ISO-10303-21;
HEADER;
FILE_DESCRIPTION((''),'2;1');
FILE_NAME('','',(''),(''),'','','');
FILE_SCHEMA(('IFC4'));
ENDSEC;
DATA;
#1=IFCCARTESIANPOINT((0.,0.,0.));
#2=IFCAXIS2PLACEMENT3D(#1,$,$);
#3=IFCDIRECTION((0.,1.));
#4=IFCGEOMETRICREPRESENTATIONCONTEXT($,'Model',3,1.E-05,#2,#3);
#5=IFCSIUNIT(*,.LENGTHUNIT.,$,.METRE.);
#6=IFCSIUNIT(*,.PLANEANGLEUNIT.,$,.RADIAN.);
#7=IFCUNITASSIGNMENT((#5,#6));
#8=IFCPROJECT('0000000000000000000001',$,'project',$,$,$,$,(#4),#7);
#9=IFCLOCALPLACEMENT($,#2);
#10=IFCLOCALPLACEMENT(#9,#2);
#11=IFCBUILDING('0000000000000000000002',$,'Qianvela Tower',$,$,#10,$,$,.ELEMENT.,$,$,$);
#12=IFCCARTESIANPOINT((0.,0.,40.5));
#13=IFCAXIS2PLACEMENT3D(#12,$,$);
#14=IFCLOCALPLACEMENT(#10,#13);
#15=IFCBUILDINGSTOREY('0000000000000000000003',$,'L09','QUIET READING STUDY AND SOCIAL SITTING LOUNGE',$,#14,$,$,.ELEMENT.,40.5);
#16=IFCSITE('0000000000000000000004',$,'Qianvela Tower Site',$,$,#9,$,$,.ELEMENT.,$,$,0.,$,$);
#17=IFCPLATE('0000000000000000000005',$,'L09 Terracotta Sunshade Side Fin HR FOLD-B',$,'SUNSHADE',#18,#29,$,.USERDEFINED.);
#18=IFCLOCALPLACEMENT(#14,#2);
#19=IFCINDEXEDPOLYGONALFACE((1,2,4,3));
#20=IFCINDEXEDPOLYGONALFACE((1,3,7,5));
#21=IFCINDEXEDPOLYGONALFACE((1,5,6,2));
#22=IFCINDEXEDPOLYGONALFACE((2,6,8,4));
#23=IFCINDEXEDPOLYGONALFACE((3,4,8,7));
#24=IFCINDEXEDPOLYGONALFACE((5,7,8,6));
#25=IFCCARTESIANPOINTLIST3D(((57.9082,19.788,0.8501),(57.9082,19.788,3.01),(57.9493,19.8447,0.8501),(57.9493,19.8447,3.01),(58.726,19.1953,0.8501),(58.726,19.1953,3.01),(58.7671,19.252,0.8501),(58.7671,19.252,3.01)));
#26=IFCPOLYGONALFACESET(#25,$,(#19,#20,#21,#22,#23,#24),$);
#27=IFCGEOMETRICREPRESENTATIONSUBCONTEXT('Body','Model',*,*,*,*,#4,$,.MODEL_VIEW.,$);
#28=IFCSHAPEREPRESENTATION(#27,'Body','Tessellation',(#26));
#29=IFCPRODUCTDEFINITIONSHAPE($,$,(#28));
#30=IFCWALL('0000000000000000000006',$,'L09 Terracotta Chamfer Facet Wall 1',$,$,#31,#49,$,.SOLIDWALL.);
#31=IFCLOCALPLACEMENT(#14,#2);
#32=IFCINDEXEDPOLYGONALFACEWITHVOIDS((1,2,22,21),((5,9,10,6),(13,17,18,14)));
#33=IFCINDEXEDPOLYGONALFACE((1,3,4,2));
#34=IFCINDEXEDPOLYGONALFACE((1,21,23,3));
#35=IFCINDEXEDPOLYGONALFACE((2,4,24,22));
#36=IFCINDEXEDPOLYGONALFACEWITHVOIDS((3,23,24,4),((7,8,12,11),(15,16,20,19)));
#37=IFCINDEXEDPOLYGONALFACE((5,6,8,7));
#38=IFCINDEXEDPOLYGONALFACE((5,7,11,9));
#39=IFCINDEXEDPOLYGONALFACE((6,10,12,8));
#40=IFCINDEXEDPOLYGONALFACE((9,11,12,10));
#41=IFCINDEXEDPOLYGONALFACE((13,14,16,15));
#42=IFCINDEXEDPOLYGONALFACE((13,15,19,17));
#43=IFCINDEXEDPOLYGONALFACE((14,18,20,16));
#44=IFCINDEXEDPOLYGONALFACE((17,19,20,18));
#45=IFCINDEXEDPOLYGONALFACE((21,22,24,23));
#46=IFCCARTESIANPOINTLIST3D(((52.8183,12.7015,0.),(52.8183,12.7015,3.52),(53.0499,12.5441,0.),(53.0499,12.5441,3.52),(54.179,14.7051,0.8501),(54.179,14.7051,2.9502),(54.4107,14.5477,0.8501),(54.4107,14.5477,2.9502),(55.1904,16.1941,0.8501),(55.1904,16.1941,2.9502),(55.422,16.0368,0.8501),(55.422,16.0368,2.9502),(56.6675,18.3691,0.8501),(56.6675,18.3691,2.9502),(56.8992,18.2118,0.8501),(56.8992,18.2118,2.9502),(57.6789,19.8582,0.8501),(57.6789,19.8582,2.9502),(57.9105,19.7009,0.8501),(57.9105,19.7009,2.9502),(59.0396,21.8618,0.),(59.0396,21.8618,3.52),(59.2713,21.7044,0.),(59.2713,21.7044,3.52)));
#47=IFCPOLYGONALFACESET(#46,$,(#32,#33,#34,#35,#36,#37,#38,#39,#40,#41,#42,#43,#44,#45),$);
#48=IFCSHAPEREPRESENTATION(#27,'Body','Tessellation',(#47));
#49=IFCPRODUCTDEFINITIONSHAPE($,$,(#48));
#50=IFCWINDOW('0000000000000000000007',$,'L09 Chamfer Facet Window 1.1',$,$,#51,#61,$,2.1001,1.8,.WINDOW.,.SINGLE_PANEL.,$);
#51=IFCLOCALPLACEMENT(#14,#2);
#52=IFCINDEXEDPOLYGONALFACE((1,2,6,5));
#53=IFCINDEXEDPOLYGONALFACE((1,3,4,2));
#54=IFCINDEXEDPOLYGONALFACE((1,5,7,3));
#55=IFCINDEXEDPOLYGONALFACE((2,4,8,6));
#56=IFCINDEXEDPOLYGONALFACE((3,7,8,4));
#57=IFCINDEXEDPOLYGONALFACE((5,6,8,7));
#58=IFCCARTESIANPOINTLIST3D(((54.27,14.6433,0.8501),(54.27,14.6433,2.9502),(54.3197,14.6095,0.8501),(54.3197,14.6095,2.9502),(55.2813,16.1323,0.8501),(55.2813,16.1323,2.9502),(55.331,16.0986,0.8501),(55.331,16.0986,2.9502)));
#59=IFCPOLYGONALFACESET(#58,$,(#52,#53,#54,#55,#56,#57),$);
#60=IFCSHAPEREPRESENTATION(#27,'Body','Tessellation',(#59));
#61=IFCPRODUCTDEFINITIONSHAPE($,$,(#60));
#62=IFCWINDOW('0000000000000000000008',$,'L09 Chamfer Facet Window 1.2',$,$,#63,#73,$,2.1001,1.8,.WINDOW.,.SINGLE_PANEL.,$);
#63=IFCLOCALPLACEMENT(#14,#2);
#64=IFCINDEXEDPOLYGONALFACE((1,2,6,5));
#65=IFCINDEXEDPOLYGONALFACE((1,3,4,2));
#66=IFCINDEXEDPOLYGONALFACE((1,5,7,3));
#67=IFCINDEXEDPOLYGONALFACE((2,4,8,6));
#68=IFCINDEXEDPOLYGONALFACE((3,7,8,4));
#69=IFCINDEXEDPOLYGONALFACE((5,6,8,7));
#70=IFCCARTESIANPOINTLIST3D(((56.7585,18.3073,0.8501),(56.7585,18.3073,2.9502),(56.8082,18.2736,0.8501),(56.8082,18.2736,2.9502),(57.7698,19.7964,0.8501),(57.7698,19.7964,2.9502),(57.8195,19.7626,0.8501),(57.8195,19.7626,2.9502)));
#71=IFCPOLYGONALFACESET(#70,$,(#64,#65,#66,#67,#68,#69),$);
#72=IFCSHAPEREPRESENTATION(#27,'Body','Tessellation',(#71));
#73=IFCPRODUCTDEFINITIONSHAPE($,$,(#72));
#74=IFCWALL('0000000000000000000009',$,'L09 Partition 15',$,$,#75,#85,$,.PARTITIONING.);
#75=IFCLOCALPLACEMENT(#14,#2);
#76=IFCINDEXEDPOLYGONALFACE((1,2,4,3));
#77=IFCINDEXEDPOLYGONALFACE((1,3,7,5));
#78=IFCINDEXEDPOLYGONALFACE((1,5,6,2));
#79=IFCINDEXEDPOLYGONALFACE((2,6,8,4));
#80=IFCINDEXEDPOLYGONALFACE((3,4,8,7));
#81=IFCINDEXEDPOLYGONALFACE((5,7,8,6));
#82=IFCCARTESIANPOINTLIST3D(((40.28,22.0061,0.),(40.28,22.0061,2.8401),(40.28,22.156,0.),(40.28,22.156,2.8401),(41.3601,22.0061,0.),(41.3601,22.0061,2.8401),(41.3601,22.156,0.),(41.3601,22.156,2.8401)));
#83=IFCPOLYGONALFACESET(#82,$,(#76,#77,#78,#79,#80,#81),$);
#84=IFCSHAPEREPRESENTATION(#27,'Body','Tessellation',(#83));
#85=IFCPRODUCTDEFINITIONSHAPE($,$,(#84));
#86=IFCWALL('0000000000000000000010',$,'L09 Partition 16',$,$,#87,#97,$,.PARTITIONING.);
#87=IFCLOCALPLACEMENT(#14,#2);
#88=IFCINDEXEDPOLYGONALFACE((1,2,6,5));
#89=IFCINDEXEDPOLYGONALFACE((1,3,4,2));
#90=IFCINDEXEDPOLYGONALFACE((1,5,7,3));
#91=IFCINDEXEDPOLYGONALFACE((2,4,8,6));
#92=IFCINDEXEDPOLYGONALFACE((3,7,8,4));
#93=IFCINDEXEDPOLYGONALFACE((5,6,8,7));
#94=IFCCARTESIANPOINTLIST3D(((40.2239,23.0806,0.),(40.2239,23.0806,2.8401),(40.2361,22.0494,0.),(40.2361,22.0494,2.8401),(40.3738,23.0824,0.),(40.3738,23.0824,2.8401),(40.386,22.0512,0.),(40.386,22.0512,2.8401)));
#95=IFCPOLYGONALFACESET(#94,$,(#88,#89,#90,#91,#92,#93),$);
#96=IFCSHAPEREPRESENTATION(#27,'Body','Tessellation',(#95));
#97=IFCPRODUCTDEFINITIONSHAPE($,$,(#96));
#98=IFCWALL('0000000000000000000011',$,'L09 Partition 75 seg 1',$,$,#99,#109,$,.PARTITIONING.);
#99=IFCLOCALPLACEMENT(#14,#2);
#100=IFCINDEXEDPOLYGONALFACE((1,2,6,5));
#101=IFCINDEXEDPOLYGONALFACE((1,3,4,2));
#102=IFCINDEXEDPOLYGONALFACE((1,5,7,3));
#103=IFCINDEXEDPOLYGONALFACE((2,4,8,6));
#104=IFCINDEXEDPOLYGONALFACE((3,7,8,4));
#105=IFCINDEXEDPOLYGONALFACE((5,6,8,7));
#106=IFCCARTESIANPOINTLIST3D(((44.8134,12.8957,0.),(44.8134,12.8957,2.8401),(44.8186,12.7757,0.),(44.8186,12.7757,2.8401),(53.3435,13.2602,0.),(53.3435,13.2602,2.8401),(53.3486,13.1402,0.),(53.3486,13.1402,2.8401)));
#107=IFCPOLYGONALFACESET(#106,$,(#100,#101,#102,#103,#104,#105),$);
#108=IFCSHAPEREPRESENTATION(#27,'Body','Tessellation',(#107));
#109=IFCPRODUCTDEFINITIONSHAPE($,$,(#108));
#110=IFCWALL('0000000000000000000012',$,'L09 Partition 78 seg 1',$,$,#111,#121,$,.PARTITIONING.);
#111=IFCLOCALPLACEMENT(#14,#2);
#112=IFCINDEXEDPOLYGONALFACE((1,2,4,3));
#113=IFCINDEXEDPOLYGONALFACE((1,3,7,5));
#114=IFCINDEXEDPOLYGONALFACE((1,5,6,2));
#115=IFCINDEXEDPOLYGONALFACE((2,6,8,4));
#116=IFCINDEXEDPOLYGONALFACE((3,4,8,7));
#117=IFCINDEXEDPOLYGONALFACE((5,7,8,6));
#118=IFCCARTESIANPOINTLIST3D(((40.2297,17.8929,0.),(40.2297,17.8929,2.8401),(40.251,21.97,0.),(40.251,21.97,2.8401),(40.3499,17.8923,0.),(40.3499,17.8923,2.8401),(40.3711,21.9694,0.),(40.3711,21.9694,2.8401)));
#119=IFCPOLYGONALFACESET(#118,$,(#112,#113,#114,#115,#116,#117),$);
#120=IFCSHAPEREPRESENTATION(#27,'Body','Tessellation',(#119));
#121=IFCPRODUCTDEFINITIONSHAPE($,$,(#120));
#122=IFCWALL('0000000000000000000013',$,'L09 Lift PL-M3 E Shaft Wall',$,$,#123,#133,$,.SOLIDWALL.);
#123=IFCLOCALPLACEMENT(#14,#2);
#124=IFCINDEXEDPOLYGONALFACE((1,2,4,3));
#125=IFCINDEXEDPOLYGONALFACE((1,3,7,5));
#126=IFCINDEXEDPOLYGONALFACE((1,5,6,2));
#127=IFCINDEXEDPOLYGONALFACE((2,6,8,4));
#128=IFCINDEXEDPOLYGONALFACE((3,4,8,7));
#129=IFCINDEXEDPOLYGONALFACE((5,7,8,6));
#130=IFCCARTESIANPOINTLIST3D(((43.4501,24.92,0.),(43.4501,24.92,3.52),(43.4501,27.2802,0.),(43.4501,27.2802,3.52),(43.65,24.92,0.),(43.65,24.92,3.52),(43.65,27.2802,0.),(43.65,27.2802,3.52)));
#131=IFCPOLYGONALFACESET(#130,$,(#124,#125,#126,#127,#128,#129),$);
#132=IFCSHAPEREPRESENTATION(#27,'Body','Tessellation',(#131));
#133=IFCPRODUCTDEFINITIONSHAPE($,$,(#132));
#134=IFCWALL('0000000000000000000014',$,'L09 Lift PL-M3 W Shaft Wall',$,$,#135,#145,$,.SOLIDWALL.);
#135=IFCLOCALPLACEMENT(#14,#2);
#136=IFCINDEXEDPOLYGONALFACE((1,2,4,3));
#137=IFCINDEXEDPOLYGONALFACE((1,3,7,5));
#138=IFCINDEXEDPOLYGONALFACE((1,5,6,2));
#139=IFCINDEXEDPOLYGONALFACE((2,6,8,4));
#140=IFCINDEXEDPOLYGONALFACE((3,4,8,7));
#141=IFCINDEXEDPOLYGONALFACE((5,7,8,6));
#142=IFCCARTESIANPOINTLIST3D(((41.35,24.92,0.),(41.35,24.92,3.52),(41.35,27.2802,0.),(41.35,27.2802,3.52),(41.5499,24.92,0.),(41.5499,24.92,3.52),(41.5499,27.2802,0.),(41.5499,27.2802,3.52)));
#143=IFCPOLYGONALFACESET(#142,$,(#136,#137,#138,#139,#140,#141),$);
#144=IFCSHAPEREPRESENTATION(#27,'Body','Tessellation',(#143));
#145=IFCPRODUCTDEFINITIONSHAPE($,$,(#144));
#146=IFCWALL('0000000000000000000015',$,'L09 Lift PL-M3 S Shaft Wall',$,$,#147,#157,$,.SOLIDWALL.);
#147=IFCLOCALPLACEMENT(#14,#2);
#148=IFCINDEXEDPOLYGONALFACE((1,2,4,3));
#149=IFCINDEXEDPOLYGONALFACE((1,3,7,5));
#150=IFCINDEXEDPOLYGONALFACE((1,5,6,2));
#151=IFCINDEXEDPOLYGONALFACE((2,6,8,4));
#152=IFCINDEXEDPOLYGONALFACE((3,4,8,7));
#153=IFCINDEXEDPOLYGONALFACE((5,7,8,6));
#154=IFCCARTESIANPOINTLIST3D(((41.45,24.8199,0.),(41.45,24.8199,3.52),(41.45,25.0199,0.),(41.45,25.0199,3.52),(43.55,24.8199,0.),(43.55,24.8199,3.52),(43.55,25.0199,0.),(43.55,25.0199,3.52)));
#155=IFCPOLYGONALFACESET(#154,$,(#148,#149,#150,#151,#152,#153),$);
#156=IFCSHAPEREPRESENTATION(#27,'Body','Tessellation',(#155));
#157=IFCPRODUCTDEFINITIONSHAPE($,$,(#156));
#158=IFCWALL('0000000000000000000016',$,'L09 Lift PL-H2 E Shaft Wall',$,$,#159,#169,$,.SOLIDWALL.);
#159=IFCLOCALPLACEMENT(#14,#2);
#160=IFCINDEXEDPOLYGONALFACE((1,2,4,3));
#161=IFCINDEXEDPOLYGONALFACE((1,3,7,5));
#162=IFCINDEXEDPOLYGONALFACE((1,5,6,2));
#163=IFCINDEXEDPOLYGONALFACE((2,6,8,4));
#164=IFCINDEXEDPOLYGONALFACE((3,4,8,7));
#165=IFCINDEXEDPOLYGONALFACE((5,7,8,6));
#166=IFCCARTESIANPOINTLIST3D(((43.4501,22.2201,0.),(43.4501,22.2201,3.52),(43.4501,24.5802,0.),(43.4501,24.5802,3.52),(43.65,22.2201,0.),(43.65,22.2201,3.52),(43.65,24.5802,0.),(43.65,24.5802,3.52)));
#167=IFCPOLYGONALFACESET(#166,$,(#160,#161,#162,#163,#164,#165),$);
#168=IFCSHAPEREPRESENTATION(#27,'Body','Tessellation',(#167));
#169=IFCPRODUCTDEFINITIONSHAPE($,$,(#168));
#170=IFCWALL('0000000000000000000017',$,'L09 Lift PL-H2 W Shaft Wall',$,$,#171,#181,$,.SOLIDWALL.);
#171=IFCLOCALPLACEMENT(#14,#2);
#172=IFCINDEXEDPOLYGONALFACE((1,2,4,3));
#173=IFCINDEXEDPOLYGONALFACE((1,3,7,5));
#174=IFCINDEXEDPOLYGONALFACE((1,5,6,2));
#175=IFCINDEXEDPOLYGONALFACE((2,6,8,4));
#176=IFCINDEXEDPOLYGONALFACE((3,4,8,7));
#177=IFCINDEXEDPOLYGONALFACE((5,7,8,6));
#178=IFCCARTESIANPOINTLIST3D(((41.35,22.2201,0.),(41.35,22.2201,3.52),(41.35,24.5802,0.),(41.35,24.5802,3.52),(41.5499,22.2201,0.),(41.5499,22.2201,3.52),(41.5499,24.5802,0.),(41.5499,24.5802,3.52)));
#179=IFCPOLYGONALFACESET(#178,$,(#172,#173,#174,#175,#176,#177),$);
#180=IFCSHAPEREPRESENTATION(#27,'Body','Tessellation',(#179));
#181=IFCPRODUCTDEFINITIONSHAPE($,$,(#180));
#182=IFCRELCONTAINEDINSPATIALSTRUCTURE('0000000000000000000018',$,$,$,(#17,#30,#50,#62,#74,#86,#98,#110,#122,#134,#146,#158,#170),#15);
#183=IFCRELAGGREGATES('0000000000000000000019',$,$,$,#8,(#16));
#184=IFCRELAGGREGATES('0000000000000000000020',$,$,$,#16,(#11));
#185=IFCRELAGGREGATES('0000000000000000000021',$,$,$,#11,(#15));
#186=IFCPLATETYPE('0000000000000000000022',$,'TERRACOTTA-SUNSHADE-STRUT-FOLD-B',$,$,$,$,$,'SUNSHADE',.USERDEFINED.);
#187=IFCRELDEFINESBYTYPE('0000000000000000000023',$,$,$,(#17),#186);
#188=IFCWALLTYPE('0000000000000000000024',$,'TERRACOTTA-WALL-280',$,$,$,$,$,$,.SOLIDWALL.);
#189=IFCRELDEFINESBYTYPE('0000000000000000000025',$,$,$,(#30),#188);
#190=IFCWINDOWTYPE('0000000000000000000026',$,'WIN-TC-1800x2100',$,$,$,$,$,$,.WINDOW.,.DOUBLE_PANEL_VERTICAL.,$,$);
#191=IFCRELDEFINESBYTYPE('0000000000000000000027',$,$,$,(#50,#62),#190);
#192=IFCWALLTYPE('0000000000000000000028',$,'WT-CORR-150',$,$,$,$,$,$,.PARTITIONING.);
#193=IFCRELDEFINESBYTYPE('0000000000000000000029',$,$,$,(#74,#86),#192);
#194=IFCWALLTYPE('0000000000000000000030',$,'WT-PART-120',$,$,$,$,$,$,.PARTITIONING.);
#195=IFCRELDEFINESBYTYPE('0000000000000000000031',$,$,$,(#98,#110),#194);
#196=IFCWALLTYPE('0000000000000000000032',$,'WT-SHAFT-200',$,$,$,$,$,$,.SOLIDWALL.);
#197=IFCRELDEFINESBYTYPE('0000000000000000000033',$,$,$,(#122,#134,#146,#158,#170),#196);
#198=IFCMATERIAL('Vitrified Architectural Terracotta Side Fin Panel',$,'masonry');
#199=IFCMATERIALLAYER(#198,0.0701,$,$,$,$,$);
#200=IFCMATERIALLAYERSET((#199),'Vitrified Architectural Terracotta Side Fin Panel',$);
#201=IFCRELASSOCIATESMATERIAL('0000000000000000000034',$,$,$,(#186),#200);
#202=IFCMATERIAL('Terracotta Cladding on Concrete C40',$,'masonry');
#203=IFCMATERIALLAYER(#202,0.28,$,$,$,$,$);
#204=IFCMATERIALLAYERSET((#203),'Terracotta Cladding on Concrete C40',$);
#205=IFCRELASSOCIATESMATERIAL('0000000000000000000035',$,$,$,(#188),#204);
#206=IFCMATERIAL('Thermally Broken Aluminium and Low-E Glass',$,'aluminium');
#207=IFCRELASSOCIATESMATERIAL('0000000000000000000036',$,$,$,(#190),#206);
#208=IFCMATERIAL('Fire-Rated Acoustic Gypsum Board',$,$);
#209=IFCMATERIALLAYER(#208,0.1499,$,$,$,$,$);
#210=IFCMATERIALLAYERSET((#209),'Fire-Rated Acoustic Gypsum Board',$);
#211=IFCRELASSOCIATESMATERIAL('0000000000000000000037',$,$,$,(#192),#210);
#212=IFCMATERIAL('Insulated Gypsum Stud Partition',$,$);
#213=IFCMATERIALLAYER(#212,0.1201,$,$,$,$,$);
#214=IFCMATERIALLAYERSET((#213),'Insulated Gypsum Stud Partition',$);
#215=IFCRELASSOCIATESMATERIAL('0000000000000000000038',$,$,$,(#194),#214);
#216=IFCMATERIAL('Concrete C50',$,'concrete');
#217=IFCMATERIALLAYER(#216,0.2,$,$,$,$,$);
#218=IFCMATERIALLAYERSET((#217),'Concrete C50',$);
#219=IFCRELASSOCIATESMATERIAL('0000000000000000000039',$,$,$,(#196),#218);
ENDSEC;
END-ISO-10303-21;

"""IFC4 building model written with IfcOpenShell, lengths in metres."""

from ifc_helpers import new_model, si_unit, direction, frame, frame_2d, origin, origin_2d, place, context, subcontext, project, spatial, rectangle, extrude, material, layer, layer_set, type_object, element, fill, save


model = new_model("IFC4")

# Units and contexts
model_context = context("Model", 3, precision=1e-05, world=origin(), true_north=direction((0.0, 1.0)))
body_context = subcontext(model_context, "Body", "Model", "MODEL_VIEW")
ifc_project = project(units=[si_unit("LENGTHUNIT", "METRE"), si_unit("PLANEANGLEUNIT", "RADIAN")], contexts=[model_context])

# Site, building, storey
site_placement = place(None, origin())
site = spatial("IfcSite", under=ifc_project, at=site_placement, Name="Qianvela Tower Site", CompositionType="ELEMENT", RefElevation=0.0)
building_placement = place(site_placement, origin())
building = spatial("IfcBuilding", under=site, at=building_placement, Name="Qianvela Tower", CompositionType="ELEMENT")
storey_placement = place(building_placement, frame((0.0, 0.0, 40.5)))
storey = spatial("IfcBuildingStorey", under=building, at=storey_placement, Name="L09", Description="QUIET READING STUDY AND SOCIAL SITTING LOUNGE", CompositionType="ELEMENT", Elevation=40.5)

# Plate
ifc_material_1 = material(Name="Vitrified Architectural Terracotta Side Fin Panel", Category="masonry")
ifc_layer_1 = layer(ifc_material_1, 0.0701)
ifc_layer_set_1 = layer_set([ifc_layer_1], Name="Vitrified Architectural Terracotta Side Fin Panel")
plate_type_1 = type_object("IfcPlateType", Name="TERRACOTTA-SUNSHADE-STRUT-FOLD-B", ElementType="SUNSHADE", PredefinedType="USERDEFINED", material=ifc_layer_set_1)
for number, where, z_axis, x_axis, name in (
    (1, (58.3376, 19.52, 0.8501), (0.0, 0.0, 1.0), (0.586837, 0.809705, 0.0), "L09 Terracotta Sunshade Side Fin HR FOLD-B"),
):
    element("IfcPlate", number, at=place(storey_placement, frame(where, z_axis=z_axis, x_axis=x_axis)), inside=storey, type_object=plate_type_1, Name=name, ObjectType="SUNSHADE", PredefinedType="USERDEFINED", context=body_context, shape_type="SweptSolid", body=[
        extrude(rectangle(XDim=0.0701, YDim=1.01, at=origin_2d()), origin(), (0.0, 0.0, 1.0), 2.1599),
    ])

# Wall, openings, windows
ifc_material_2 = material(Name="Terracotta Cladding on Concrete C40", Category="masonry")
ifc_layer_2 = layer(ifc_material_2, 0.28)
ifc_layer_set_2 = layer_set([ifc_layer_2], Name="Terracotta Cladding on Concrete C40")
wall_type_1 = type_object("IfcWallType", Name="TERRACOTTA-WALL-280", PredefinedType="SOLIDWALL", material=ifc_layer_set_2)
wall_1_placement = place(storey_placement, frame((52.9341, 12.6228, 0.0), z_axis=(0.0, 0.0, 1.0), x_axis=(0.561838, 0.827247, 0.0)))
wall_1 = element("IfcWall", 2, at=wall_1_placement, inside=storey, type_object=wall_type_1, Name="L09 Terracotta Chamfer Facet Wall 1", PredefinedType="SOLIDWALL", context=body_context, shape_type="SweptSolid", body=[
    extrude(rectangle(XDim=11.0732, YDim=0.28, at=frame_2d((5.5366, 0.0))), origin(), (0.0, 0.0, 1.0), 3.52),
])
opening_1_placement = place(wall_1_placement, frame((2.4221, 0.0, 0.8501)))
opening_1 = element("IfcOpeningElement", 3, at=opening_1_placement, cuts=wall_1, PredefinedType="OPENING", context=body_context, shape_type="SweptSolid", body=[
    extrude(rectangle(XDim=1.8, YDim=2.1001, at=frame_2d((0.8999, 1.05))), frame((0.0, 0.1499, 0.0), z_axis=(0.0, -1.0, 0.0), x_axis=(1.0, 0.0, 0.0)), (0.0, 0.0, 1.0), 0.3),
])
opening_2_placement = place(wall_1_placement, frame((6.8513, 0.0, 0.8501)))
opening_2 = element("IfcOpeningElement", 4, at=opening_2_placement, cuts=wall_1, PredefinedType="OPENING", context=body_context, shape_type="SweptSolid", body=[
    extrude(rectangle(XDim=1.8, YDim=2.1001, at=frame_2d((0.8999, 1.05))), frame((0.0, 0.1499, 0.0), z_axis=(0.0, -1.0, 0.0), x_axis=(1.0, 0.0, 0.0)), (0.0, 0.0, 1.0), 0.3),
])
ifc_material_3 = material(Name="Thermally Broken Aluminium and Low-E Glass", Category="aluminium")
window_type = type_object("IfcWindowType", Name="WIN-TC-1800x2100", PartitioningType="DOUBLE_PANEL_VERTICAL", PredefinedType="WINDOW", material=ifc_material_3)
window_1_placement = place(opening_1_placement, origin())
window_1 = element("IfcWindow", 5, at=window_1_placement, inside=storey, type_object=window_type, Name="L09 Chamfer Facet Window 1.1", OverallHeight=2.1001, OverallWidth=1.8, PartitioningType="SINGLE_PANEL", PredefinedType="WINDOW", context=body_context, shape_type="SweptSolid", body=[
    extrude(rectangle(XDim=1.8, YDim=2.1001, at=frame_2d((0.8999, 1.05))), frame((0.0, 0.03, 0.0), z_axis=(0.0, -1.0, 0.0), x_axis=(1.0, 0.0, 0.0)), (0.0, 0.0, 1.0), 0.0601),
])
fill(opening_1, window_1)
window_2_placement = place(opening_2_placement, origin())
window_2 = element("IfcWindow", 6, at=window_2_placement, inside=storey, type_object=window_type, Name="L09 Chamfer Facet Window 1.2", OverallHeight=2.1001, OverallWidth=1.8, PartitioningType="SINGLE_PANEL", PredefinedType="WINDOW", context=body_context, shape_type="SweptSolid", body=[
    extrude(rectangle(XDim=1.8, YDim=2.1001, at=frame_2d((0.8999, 1.05))), frame((0.0, 0.03, 0.0), z_axis=(0.0, -1.0, 0.0), x_axis=(1.0, 0.0, 0.0)), (0.0, 0.0, 1.0), 0.0601),
])
fill(opening_2, window_2)

# Walls
ifc_material_4 = material(Name="Fire-Rated Acoustic Gypsum Board")
ifc_layer_3 = layer(ifc_material_4, 0.1499)
ifc_layer_set_3 = layer_set([ifc_layer_3], Name="Fire-Rated Acoustic Gypsum Board")
wall_type_2 = type_object("IfcWallType", Name="WT-CORR-150", PredefinedType="PARTITIONING", material=ifc_layer_set_3)
wall_2_placement = place(storey_placement, frame((41.3601, 22.0811, 0.0), z_axis=(0.0, 0.0, 1.0), x_axis=(-1.0, 0.0, 0.0)))
element("IfcWall", 7, at=wall_2_placement, inside=storey, type_object=wall_type_2, Name="L09 Partition 15", PredefinedType="PARTITIONING", context=body_context, shape_type="SweptSolid", body=[
    extrude(rectangle(XDim=1.0801, YDim=0.1499, at=frame_2d((0.54, 0.0))), origin(), (0.0, 0.0, 1.0), 2.8401),
])
wall_3_placement = place(storey_placement, frame((40.311, 22.0503, 0.0), z_axis=(0.0, 0.0, 1.0), x_axis=(-0.011836, 0.99993, 0.0)))
element("IfcWall", 8, at=wall_3_placement, inside=storey, type_object=wall_type_2, Name="L09 Partition 16", PredefinedType="PARTITIONING", context=body_context, shape_type="SweptSolid", body=[
    extrude(rectangle(XDim=1.0312, YDim=0.1499, at=frame_2d((0.5156, 0.0))), origin(), (0.0, 0.0, 1.0), 2.8401),
])
ifc_material_5 = material(Name="Insulated Gypsum Stud Partition")
ifc_layer_4 = layer(ifc_material_5, 0.1201)
ifc_layer_set_4 = layer_set([ifc_layer_4], Name="Insulated Gypsum Stud Partition")
wall_type_3 = type_object("IfcWallType", Name="WT-PART-120", PredefinedType="PARTITIONING", material=ifc_layer_set_4)
wall_4_placement = place(storey_placement, frame((53.3462, 13.2002, 0.0), z_axis=(0.0, 0.0, 1.0), x_axis=(-0.999088, -0.042693, 0.0)))
element("IfcWall", 9, at=wall_4_placement, inside=storey, type_object=wall_type_3, Name="L09 Partition 75 seg 1", PredefinedType="PARTITIONING", context=body_context, shape_type="SweptSolid", body=[
    extrude(rectangle(XDim=8.5378, YDim=0.1201, at=frame_2d((4.269, 0.0))), origin(), (0.0, 0.0, 1.0), 2.8401),
])
wall_5_placement = place(storey_placement, frame((40.2898, 17.8926, 0.0), z_axis=(0.0, 0.0, 1.0), x_axis=(0.00521, 0.999986, 0.0)))
element("IfcWall", 10, at=wall_5_placement, inside=storey, type_object=wall_type_3, Name="L09 Partition 78 seg 1", PredefinedType="PARTITIONING", context=body_context, shape_type="SweptSolid", body=[
    extrude(rectangle(XDim=4.0771, YDim=0.1201, at=frame_2d((2.0386, 0.0))), origin(), (0.0, 0.0, 1.0), 2.8401),
])
ifc_material_6 = material(Name="Concrete C50", Category="concrete")
ifc_layer_5 = layer(ifc_material_6, 0.2)
ifc_layer_set_5 = layer_set([ifc_layer_5], Name="Concrete C50")
wall_type_4 = type_object("IfcWallType", Name="WT-SHAFT-200", PredefinedType="SOLIDWALL", material=ifc_layer_set_5)
for number, where, z_axis, x_axis, name in (
    (11, (43.55, 24.9199, 0.0), (0.0, 0.0, 1.0), (0.0, 1.0, 0.0), "L09 Lift PL-M3 E Shaft Wall"),
    (12, (41.45, 24.9199, 0.0), (0.0, 0.0, 1.0), (0.0, 1.0, 0.0), "L09 Lift PL-M3 W Shaft Wall"),
):
    element("IfcWall", number, at=place(storey_placement, frame(where, z_axis=z_axis, x_axis=x_axis)), inside=storey, type_object=wall_type_4, Name=name, PredefinedType="SOLIDWALL", context=body_context, shape_type="SweptSolid", body=[
        extrude(rectangle(XDim=2.3601, YDim=0.2, at=frame_2d((1.1802, 0.0))), origin(), (0.0, 0.0, 1.0), 3.52),
    ])
wall_6_placement = place(storey_placement, frame((41.45, 24.9199, 0.0), z_axis=(0.0, 0.0, 1.0), x_axis=(1.0, 0.0, 0.0)))
element("IfcWall", 13, at=wall_6_placement, inside=storey, type_object=wall_type_4, Name="L09 Lift PL-M3 S Shaft Wall", PredefinedType="SOLIDWALL", context=body_context, shape_type="SweptSolid", body=[
    extrude(rectangle(XDim=2.1001, YDim=0.2, at=frame_2d((1.05, 0.0))), origin(), (0.0, 0.0, 1.0), 3.52),
])
for number, where, z_axis, x_axis, name in (
    (14, (43.55, 22.22, 0.0), (0.0, 0.0, 1.0), (0.0, 1.0, 0.0), "L09 Lift PL-H2 E Shaft Wall"),
    (15, (41.45, 22.22, 0.0), (0.0, 0.0, 1.0), (0.0, 1.0, 0.0), "L09 Lift PL-H2 W Shaft Wall"),
):
    element("IfcWall", number, at=place(storey_placement, frame(where, z_axis=z_axis, x_axis=x_axis)), inside=storey, type_object=wall_type_4, Name=name, PredefinedType="SOLIDWALL", context=body_context, shape_type="SweptSolid", body=[
        extrude(rectangle(XDim=2.3601, YDim=0.2, at=frame_2d((1.1802, 0.0))), origin(), (0.0, 0.0, 1.0), 3.52),
    ])

save(model, "model.ifc")
